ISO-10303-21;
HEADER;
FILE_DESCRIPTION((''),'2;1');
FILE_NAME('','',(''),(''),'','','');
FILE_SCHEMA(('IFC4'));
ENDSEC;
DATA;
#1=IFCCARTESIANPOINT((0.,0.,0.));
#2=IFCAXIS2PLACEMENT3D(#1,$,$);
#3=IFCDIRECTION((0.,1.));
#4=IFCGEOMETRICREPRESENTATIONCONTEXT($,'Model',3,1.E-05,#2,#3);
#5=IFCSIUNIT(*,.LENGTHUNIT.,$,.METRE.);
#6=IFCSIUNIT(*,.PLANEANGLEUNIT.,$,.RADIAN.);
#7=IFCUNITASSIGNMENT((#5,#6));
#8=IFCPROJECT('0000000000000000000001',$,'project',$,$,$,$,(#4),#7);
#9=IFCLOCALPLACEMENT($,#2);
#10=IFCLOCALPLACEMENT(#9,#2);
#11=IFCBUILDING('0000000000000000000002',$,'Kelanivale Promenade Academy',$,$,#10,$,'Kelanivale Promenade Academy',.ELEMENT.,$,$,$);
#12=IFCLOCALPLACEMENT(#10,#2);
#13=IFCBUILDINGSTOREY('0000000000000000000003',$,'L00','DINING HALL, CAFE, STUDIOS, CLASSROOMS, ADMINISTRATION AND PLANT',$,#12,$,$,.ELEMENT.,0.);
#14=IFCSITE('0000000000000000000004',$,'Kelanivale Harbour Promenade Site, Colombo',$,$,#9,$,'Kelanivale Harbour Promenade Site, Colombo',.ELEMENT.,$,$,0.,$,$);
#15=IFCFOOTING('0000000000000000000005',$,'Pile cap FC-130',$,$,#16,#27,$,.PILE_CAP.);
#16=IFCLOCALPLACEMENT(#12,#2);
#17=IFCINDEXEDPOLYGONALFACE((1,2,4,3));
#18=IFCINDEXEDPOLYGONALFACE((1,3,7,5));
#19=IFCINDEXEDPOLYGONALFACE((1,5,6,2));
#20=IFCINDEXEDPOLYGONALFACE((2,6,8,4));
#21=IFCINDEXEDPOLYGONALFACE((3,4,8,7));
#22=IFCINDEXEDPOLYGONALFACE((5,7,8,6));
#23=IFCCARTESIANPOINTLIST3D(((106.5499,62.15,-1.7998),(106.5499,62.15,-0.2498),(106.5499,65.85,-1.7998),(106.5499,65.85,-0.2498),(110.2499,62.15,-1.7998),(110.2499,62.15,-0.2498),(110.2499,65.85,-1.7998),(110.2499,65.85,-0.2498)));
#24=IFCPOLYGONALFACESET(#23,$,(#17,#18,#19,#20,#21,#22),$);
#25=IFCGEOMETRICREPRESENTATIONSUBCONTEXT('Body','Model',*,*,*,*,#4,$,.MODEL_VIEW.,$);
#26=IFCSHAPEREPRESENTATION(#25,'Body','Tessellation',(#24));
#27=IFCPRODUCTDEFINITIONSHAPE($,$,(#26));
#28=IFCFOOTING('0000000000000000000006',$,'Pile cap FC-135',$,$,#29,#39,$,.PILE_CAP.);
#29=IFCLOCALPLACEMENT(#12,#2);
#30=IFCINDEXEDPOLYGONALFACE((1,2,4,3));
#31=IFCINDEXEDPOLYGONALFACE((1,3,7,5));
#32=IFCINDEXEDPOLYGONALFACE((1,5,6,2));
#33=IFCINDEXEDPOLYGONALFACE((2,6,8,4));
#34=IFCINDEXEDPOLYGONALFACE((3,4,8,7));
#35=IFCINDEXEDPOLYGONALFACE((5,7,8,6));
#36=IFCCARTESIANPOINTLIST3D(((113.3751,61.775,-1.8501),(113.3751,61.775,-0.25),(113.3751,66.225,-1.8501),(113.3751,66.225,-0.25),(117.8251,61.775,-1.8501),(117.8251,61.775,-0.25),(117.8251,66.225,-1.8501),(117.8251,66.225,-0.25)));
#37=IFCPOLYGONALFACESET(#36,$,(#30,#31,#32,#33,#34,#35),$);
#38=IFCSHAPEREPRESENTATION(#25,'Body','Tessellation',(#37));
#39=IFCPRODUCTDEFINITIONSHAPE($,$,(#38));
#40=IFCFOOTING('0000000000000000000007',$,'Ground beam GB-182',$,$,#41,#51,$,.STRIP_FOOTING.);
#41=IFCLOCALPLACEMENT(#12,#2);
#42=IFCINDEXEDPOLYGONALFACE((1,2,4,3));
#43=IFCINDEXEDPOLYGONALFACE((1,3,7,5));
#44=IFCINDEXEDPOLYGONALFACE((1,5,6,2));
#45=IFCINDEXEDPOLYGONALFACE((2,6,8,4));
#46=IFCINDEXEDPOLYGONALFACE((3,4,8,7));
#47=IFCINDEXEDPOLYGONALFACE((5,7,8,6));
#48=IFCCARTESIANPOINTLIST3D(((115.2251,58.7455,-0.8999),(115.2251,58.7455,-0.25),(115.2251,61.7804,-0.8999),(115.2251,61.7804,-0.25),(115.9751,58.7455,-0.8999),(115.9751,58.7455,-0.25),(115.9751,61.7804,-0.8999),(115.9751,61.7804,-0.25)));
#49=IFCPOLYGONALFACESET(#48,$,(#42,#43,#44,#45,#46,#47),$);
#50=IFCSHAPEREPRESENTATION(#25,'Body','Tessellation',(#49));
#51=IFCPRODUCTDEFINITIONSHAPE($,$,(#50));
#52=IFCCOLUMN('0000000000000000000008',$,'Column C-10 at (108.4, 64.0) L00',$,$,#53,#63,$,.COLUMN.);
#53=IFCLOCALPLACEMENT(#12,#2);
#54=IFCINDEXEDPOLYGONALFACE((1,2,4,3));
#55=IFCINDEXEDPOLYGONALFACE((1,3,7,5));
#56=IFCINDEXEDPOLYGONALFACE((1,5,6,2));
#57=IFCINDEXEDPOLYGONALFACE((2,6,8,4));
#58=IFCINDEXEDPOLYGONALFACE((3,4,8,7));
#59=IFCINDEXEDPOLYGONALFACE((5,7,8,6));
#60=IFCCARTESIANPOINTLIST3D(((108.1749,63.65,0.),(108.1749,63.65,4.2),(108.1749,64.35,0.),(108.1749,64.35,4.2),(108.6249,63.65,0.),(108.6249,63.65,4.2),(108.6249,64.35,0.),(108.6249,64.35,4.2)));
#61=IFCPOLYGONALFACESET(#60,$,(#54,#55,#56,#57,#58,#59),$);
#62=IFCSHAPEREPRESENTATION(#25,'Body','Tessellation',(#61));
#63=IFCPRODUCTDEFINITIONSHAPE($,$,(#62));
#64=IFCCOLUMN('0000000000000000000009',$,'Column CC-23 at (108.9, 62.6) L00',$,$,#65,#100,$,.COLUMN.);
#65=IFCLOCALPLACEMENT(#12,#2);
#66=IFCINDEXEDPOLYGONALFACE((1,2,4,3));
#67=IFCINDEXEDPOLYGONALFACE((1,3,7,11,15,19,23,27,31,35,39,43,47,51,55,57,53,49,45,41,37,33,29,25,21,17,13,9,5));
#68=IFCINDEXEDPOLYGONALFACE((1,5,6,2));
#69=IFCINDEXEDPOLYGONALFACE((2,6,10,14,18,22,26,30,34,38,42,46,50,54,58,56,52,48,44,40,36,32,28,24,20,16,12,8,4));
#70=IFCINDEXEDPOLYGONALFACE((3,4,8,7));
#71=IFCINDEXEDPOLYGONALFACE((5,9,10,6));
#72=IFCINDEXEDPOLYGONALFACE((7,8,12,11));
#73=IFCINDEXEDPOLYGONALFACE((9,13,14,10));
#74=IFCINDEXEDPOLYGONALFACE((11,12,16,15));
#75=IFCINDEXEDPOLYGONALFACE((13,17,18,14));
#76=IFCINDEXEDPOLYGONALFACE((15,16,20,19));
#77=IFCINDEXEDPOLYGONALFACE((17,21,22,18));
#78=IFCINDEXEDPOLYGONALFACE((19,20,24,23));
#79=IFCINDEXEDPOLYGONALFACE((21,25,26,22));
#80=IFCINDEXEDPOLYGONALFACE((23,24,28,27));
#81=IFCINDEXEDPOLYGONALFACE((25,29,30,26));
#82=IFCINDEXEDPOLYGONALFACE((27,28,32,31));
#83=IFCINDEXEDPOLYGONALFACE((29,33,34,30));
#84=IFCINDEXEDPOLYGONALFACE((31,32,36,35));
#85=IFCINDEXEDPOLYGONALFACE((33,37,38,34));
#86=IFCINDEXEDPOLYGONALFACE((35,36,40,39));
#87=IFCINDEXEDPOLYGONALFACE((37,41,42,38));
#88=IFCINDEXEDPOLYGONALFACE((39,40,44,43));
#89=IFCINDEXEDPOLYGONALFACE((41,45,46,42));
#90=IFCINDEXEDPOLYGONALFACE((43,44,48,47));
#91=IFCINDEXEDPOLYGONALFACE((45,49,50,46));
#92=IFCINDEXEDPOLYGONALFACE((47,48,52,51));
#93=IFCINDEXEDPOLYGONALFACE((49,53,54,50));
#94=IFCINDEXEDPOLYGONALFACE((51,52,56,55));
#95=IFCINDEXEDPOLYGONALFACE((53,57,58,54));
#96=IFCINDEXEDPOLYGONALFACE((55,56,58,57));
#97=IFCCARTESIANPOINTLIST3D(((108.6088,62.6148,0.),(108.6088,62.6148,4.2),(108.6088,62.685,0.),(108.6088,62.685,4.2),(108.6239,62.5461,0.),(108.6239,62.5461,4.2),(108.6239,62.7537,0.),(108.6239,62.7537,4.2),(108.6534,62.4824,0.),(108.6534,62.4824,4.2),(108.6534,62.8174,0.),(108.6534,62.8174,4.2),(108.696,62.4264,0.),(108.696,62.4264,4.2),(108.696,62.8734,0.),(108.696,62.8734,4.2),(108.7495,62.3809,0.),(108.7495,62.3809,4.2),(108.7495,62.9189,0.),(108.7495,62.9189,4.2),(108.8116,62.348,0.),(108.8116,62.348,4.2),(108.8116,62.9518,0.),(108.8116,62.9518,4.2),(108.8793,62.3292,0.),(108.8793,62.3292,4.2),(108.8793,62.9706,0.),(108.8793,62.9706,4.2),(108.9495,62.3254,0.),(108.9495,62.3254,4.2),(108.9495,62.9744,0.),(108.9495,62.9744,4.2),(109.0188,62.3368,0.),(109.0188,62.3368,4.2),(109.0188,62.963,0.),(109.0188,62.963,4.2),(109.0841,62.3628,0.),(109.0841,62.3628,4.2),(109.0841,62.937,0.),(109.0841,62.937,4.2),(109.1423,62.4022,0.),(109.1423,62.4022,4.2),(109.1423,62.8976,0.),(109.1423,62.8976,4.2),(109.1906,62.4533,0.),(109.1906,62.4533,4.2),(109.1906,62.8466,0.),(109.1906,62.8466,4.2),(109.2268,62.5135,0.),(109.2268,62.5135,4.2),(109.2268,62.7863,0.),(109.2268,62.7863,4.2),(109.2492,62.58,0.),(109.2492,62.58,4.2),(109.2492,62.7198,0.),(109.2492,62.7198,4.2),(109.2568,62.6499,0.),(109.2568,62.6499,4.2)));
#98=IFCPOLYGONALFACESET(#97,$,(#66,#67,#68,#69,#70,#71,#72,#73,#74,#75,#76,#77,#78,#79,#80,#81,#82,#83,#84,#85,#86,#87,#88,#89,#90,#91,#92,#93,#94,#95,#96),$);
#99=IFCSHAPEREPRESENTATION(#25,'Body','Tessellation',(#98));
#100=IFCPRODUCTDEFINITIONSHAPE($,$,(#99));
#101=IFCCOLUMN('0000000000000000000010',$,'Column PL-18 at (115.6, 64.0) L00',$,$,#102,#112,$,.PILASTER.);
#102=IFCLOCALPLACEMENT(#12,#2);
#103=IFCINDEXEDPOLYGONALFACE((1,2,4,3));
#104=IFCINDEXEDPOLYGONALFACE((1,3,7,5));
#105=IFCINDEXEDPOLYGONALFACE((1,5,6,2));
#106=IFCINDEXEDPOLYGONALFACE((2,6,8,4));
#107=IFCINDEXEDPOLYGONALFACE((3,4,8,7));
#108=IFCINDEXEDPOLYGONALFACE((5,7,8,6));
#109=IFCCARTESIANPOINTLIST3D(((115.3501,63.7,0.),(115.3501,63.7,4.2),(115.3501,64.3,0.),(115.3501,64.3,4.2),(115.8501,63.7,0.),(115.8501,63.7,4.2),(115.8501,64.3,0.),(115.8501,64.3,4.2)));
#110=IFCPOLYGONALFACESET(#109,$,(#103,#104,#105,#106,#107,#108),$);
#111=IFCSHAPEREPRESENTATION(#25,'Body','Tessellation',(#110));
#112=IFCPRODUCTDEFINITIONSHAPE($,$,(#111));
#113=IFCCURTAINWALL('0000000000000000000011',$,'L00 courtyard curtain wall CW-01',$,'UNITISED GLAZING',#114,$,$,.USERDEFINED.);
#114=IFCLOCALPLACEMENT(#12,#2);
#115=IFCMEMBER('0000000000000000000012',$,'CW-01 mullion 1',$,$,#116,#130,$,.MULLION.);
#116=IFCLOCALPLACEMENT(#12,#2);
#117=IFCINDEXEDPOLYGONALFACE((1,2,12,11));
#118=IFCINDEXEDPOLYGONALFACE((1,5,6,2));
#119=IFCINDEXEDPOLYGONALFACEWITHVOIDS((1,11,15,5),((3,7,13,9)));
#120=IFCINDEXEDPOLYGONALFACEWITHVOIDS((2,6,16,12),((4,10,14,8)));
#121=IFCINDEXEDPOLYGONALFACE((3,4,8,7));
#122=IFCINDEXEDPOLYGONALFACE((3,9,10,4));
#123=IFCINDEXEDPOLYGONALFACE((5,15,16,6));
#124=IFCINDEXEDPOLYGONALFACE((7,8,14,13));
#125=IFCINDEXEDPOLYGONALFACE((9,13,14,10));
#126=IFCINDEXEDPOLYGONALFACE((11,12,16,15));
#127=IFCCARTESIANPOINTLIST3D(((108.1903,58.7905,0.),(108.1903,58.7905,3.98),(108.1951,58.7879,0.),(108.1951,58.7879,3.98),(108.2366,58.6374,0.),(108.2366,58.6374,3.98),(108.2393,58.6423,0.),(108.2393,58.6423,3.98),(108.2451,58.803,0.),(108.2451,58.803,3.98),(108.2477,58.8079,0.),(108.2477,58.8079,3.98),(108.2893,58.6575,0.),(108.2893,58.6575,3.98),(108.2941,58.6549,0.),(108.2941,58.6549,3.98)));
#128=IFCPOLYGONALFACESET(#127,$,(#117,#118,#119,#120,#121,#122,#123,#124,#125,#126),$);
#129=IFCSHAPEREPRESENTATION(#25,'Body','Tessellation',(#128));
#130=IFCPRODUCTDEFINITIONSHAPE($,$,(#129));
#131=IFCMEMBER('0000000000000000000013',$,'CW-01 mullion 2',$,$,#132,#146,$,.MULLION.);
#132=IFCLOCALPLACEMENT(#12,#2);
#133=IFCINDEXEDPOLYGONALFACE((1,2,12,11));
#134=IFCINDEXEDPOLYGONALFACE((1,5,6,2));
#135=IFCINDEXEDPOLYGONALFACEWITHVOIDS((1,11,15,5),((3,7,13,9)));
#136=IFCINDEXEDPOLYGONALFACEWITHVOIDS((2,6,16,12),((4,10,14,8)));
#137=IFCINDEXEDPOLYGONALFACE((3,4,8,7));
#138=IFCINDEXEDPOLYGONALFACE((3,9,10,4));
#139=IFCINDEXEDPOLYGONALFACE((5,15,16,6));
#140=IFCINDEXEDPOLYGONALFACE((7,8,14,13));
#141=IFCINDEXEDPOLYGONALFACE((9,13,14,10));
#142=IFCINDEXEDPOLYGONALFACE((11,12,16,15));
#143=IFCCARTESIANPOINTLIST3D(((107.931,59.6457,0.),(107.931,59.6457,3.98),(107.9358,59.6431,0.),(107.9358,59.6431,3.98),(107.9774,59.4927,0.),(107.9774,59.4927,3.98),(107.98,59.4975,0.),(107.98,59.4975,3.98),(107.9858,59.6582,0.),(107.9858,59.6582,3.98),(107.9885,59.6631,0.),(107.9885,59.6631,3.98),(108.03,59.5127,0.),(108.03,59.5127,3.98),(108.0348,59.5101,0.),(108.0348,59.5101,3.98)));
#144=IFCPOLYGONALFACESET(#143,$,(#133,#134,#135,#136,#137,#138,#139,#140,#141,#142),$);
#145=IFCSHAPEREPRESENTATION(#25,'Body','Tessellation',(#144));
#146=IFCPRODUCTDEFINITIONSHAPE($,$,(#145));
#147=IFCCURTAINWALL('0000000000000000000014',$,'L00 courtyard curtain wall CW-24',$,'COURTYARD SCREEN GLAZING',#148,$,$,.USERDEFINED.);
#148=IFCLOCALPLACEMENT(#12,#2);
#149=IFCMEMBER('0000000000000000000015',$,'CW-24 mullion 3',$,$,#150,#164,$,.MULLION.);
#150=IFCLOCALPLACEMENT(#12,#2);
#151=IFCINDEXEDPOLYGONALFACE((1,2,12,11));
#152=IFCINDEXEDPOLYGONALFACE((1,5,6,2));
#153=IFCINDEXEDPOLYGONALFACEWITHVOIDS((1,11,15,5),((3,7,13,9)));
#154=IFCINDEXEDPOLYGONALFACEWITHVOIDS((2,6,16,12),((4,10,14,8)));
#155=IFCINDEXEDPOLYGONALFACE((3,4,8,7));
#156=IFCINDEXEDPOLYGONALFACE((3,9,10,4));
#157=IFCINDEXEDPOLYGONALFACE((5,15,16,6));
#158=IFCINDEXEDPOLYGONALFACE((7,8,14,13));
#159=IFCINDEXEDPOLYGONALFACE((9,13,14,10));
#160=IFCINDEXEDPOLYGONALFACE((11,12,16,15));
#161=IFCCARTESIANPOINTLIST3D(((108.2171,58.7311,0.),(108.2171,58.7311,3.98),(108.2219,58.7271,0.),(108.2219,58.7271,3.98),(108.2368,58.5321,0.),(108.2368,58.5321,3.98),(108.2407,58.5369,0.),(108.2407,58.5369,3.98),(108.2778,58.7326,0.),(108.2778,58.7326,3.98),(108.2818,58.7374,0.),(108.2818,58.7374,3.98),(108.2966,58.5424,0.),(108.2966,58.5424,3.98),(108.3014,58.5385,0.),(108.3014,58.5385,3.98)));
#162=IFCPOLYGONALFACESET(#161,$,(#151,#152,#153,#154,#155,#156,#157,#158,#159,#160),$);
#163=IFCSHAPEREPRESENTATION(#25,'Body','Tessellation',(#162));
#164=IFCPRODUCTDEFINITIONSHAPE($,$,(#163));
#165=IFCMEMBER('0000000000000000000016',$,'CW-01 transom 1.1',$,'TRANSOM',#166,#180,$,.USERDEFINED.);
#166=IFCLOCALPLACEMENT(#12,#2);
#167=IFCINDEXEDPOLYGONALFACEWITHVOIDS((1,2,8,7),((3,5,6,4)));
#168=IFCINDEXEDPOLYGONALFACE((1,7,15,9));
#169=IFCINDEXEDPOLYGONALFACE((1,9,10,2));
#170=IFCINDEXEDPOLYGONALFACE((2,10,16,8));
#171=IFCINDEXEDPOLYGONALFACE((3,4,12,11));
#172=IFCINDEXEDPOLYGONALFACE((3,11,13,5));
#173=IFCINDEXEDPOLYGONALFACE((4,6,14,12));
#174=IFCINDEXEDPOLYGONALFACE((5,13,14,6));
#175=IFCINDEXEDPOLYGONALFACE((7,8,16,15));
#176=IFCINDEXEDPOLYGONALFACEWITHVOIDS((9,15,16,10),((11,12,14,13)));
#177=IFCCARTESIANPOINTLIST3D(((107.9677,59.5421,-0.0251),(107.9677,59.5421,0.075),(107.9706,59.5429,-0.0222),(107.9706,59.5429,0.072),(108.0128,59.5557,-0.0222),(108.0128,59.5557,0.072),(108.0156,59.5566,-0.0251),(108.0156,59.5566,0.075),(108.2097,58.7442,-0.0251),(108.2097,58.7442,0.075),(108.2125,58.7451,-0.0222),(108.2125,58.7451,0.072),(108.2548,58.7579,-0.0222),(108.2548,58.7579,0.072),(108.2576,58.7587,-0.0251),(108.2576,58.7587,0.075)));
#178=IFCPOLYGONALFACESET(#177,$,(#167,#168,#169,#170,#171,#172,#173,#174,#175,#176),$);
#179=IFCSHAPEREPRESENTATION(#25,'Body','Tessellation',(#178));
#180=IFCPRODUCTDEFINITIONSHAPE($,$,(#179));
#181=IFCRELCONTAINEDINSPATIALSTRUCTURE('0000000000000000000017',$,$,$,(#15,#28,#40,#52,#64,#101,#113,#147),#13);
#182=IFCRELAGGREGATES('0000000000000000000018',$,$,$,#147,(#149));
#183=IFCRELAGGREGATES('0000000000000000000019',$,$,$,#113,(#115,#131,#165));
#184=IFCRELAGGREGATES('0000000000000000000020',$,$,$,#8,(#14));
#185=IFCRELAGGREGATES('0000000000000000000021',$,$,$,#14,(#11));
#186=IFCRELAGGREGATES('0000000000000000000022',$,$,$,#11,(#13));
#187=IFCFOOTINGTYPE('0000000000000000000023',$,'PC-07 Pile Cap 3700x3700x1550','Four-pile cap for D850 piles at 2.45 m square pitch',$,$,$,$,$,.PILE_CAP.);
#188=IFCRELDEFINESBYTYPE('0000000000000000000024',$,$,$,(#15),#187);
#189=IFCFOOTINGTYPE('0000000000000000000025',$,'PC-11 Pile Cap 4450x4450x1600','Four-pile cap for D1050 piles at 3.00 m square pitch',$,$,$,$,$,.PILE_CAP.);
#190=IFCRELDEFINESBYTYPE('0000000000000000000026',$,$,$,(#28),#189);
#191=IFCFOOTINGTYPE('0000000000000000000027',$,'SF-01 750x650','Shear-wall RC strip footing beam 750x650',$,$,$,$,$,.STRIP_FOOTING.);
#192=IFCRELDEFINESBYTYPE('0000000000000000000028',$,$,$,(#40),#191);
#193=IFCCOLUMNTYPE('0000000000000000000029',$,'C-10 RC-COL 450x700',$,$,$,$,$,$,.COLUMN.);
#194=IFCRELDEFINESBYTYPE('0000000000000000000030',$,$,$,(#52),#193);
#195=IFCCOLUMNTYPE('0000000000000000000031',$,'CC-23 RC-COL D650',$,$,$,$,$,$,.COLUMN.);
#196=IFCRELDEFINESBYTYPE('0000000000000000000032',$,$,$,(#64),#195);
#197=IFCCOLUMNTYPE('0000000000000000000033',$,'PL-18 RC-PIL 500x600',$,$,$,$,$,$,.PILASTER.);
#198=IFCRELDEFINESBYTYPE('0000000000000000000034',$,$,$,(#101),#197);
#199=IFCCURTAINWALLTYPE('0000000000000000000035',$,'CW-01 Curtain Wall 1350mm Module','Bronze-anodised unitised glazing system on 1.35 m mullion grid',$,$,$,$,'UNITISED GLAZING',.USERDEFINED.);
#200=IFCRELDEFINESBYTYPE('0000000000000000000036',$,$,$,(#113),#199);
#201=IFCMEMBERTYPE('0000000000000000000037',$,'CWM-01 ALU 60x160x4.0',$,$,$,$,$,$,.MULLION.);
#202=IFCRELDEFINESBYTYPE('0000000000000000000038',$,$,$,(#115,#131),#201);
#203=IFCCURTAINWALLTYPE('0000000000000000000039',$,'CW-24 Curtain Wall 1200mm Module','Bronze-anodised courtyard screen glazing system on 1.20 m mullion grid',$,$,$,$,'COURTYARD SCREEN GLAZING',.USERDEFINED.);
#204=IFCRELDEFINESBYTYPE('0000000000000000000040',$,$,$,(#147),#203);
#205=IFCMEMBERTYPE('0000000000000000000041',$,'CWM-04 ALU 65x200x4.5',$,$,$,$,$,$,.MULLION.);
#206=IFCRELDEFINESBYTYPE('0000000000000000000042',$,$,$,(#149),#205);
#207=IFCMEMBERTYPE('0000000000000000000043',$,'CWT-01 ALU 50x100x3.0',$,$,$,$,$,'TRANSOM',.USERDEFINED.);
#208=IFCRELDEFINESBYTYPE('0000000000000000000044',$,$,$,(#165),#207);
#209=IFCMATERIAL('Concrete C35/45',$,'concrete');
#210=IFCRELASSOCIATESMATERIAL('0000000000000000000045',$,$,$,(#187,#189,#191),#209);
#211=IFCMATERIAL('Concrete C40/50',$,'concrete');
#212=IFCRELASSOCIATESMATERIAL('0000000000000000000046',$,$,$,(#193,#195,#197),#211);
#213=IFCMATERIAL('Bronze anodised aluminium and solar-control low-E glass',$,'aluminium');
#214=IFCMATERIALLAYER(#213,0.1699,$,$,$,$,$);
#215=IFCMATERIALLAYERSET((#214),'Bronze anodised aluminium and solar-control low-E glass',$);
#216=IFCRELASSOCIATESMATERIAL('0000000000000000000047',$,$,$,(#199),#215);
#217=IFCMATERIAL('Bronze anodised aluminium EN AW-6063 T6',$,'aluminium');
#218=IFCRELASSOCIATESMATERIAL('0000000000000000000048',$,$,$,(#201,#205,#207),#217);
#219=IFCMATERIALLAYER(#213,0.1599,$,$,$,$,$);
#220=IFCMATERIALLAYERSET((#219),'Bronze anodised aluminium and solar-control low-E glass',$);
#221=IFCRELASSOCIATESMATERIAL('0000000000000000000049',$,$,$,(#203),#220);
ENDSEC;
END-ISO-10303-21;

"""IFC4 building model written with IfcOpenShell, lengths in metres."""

from ifc_helpers import new_model, si_unit, direction, frame, origin, origin_2d, place, context, subcontext, project, spatial, rectangle, hollow_rectangle, circle, extrude, material, layer, layer_set, material_profile, profile_set, type_object, element, aggregate, save


model = new_model("IFC4")

# Units and contexts
model_context = context("Model", 3, precision=1e-05, world=origin(), true_north=direction((0.0, 1.0)))
body_context = subcontext(model_context, "Body", "Model", "MODEL_VIEW")
ifc_project = project(units=[si_unit("LENGTHUNIT", "METRE"), si_unit("PLANEANGLEUNIT", "RADIAN")], contexts=[model_context])

# Site, building, storey
site_placement = place(None, origin())
site = spatial("IfcSite", under=ifc_project, at=site_placement, Name="Kelanivale Harbour Promenade Site, Colombo", LongName="Kelanivale Harbour Promenade Site, Colombo", CompositionType="ELEMENT", RefElevation=0.0)
building_placement = place(site_placement, origin())
building = spatial("IfcBuilding", under=site, at=building_placement, Name="Kelanivale Promenade Academy", LongName="Kelanivale Promenade Academy", CompositionType="ELEMENT")
storey_placement = place(building_placement, origin())
storey = spatial("IfcBuildingStorey", under=building, at=storey_placement, Name="L00", Description="DINING HALL, CAFE, STUDIOS, CLASSROOMS, ADMINISTRATION AND PLANT", CompositionType="ELEMENT", Elevation=0.0)

# Shared definitions
ifc_material_1 = material(Name="Concrete C35/45", Category="concrete")

# Footings
footing_type_1 = type_object("IfcFootingType", Name="PC-07 Pile Cap 3700x3700x1550", Description="Four-pile cap for D850 piles at 2.45 m square pitch", PredefinedType="PILE_CAP", material=ifc_material_1)
footing_1_placement = place(storey_placement, frame((108.3999, 64.0, -1.7998), z_axis=(0.0, 0.0, 1.0), x_axis=(1.0, 0.0, 0.0)))
element("IfcFooting", 1, at=footing_1_placement, inside=storey, type_object=footing_type_1, Name="Pile cap FC-130", PredefinedType="PILE_CAP", context=body_context, shape_type="SweptSolid", body=[
    extrude(rectangle(XDim=3.7, YDim=3.7, at=origin_2d()), origin(), (0.0, 0.0, 1.0), 1.55),
])
footing_type_2 = type_object("IfcFootingType", Name="PC-11 Pile Cap 4450x4450x1600", Description="Four-pile cap for D1050 piles at 3.00 m square pitch", PredefinedType="PILE_CAP", material=ifc_material_1)
footing_2_placement = place(storey_placement, frame((115.6001, 64.0, -1.8501), z_axis=(0.0, 0.0, 1.0), x_axis=(1.0, 0.0, 0.0)))
element("IfcFooting", 2, at=footing_2_placement, inside=storey, type_object=footing_type_2, Name="Pile cap FC-135", PredefinedType="PILE_CAP", context=body_context, shape_type="SweptSolid", body=[
    extrude(rectangle(XDim=4.45, YDim=4.45, at=origin_2d()), origin(), (0.0, 0.0, 1.0), 1.6001),
])
footing_type_3 = type_object("IfcFootingType", Name="SF-01 750x650", Description="Shear-wall RC strip footing beam 750x650", PredefinedType="STRIP_FOOTING", material=ifc_material_1)
footing_3_placement = place(storey_placement, frame((115.6001, 60.2629, -0.8999), z_axis=(0.0, 0.0, 1.0), x_axis=(0.0, 1.0, 0.0)))
element("IfcFooting", 3, at=footing_3_placement, inside=storey, type_object=footing_type_3, Name="Ground beam GB-182", PredefinedType="STRIP_FOOTING", context=body_context, shape_type="SweptSolid", body=[
    extrude(rectangle(XDim=3.0349, YDim=0.75, at=origin_2d()), origin(), (0.0, 0.0, 1.0), 0.6499),
])

# Columns
ifc_material_2 = material(Name="Concrete C40/50", Category="concrete")
ifc_material_profile_1 = material_profile(ifc_material_2, rectangle(XDim=0.45, YDim=0.7, at=origin_2d()), Name="RC-COL 450x700")
ifc_profile_set_1 = profile_set([ifc_material_profile_1], Name="Concrete C40/50")
column_type_1 = type_object("IfcColumnType", Name="C-10 RC-COL 450x700", PredefinedType="COLUMN", material=ifc_profile_set_1)
column_1_placement = place(storey_placement, frame((108.3999, 64.0, 0.0), z_axis=(0.0, 0.0, 1.0), x_axis=(1.0, 0.0, 0.0)))
element("IfcColumn", 4, at=column_1_placement, inside=storey, type_object=column_type_1, Name="Column C-10 at (108.4, 64.0) L00", PredefinedType="COLUMN", context=body_context, shape_type="SweptSolid", body=[
    extrude(rectangle(XDim=0.45, YDim=0.7, at=origin_2d()), origin(), (0.0, 0.0, 1.0), 4.2),
])
ifc_material_profile_2 = material_profile(ifc_material_2, circle(Radius=0.325, at=origin_2d()), Name="RC-COL D650")
ifc_profile_set_2 = profile_set([ifc_material_profile_2], Name="Concrete C40/50")
column_type_2 = type_object("IfcColumnType", Name="CC-23 RC-COL D650", PredefinedType="COLUMN", material=ifc_profile_set_2)
column_2_placement = place(storey_placement, frame((108.9319, 62.6499, 0.0), z_axis=(0.0, 0.0, 1.0), x_axis=(1.0, 0.0, 0.0)))
element("IfcColumn", 5, at=column_2_placement, inside=storey, type_object=column_type_2, Name="Column CC-23 at (108.9, 62.6) L00", PredefinedType="COLUMN", context=body_context, shape_type="SweptSolid", body=[
    extrude(circle(Radius=0.325, at=origin_2d()), origin(), (0.0, 0.0, 1.0), 4.2),
])
ifc_material_profile_3 = material_profile(ifc_material_2, rectangle(XDim=0.5, YDim=0.6001, at=origin_2d()), Name="RC-PIL 500x600")
ifc_profile_set_3 = profile_set([ifc_material_profile_3], Name="Concrete C40/50")
column_type_3 = type_object("IfcColumnType", Name="PL-18 RC-PIL 500x600", PredefinedType="PILASTER", material=ifc_profile_set_3)
column_3_placement = place(storey_placement, frame((115.6001, 64.0, 0.0), z_axis=(0.0, 0.0, 1.0), x_axis=(1.0, 0.0, 0.0)))
element("IfcColumn", 6, at=column_3_placement, inside=storey, type_object=column_type_3, Name="Column PL-18 at (115.6, 64.0) L00", PredefinedType="PILASTER", context=body_context, shape_type="SweptSolid", body=[
    extrude(rectangle(XDim=0.5, YDim=0.6001, at=origin_2d()), origin(), (0.0, 0.0, 1.0), 4.2),
])

# Curtain wall, members
ifc_material_3 = material(Name="Bronze anodised aluminium and solar-control low-E glass", Category="aluminium")
ifc_layer_1 = layer(ifc_material_3, 0.1699)
ifc_layer_set_1 = layer_set([ifc_layer_1], Name="Bronze anodised aluminium and solar-control low-E glass")
curtain_wall_type_1 = type_object("IfcCurtainWallType", Name="CW-01 Curtain Wall 1350mm Module", Description="Bronze-anodised unitised glazing system on 1.35 m mullion grid", ElementType="UNITISED GLAZING", PredefinedType="USERDEFINED", material=ifc_layer_set_1)
curtain_wall_1_placement = place(storey_placement, origin())
curtain_wall_1 = element("IfcCurtainWall", 7, at=curtain_wall_1_placement, inside=storey, type_object=curtain_wall_type_1, Name="L00 courtyard curtain wall CW-01", ObjectType="UNITISED GLAZING", PredefinedType="USERDEFINED")
ifc_material_4 = material(Name="Bronze anodised aluminium EN AW-6063 T6", Category="aluminium")
ifc_material_profile_4 = material_profile(ifc_material_4, hollow_rectangle(XDim=0.0601, YDim=0.1599, WallThickness=0.0039, at=origin_2d()), Name="ALU 60x160x4.0")
ifc_profile_set_4 = profile_set([ifc_material_profile_4], Name="Bronze anodised aluminium EN AW-6063 T6")
member_type_1 = type_object("IfcMemberType", Name="CWM-01 ALU 60x160x4.0", PredefinedType="MULLION", material=ifc_profile_set_4)
member_1_placement = place(storey_placement, frame((108.2422, 58.7227, 0.0), z_axis=(0.0, 0.0, 1.0), x_axis=(-0.956988, -0.290128, 0.0)))
member_1 = element("IfcMember", 8, at=member_1_placement, type_object=member_type_1, Name="CW-01 mullion 1", PredefinedType="MULLION", context=body_context, shape_type="SweptSolid", body=[
    extrude(hollow_rectangle(XDim=0.0601, YDim=0.1599, WallThickness=0.0039, at=origin_2d()), origin(), (0.0, 0.0, 1.0), 3.98),
])
member_2_placement = place(storey_placement, frame((107.9829, 59.5779, 0.0), z_axis=(0.0, 0.0, 1.0), x_axis=(-0.956988, -0.290128, 0.0)))
member_2 = element("IfcMember", 9, at=member_2_placement, type_object=member_type_1, Name="CW-01 mullion 2", PredefinedType="MULLION", context=body_context, shape_type="SweptSolid", body=[
    extrude(hollow_rectangle(XDim=0.0601, YDim=0.1599, WallThickness=0.0039, at=origin_2d()), origin(), (0.0, 0.0, 1.0), 3.98),
])

# Curtain wall, member
ifc_layer_2 = layer(ifc_material_3, 0.1599)
ifc_layer_set_2 = layer_set([ifc_layer_2], Name="Bronze anodised aluminium and solar-control low-E glass")
curtain_wall_type_2 = type_object("IfcCurtainWallType", Name="CW-24 Curtain Wall 1200mm Module", Description="Bronze-anodised courtyard screen glazing system on 1.20 m mullion grid", ElementType="COURTYARD SCREEN GLAZING", PredefinedType="USERDEFINED", material=ifc_layer_set_2)
curtain_wall_2_placement = place(storey_placement, origin())
curtain_wall_2 = element("IfcCurtainWall", 10, at=curtain_wall_2_placement, inside=storey, type_object=curtain_wall_type_2, Name="L00 courtyard curtain wall CW-24", ObjectType="COURTYARD SCREEN GLAZING", PredefinedType="USERDEFINED")
ifc_material_profile_5 = material_profile(ifc_material_4, hollow_rectangle(XDim=0.0649, YDim=0.2, WallThickness=0.0044, at=origin_2d()), Name="ALU 65x200x4.5")
ifc_profile_set_5 = profile_set([ifc_material_profile_5], Name="Bronze anodised aluminium EN AW-6063 T6")
member_type_2 = type_object("IfcMemberType", Name="CWM-04 ALU 65x200x4.5", PredefinedType="MULLION", material=ifc_profile_set_5)
member_3_placement = place(storey_placement, frame((108.2593, 58.6348, 0.0), z_axis=(0.0, 0.0, 1.0), x_axis=(-0.995159, -0.098281, 0.0)))
member_3 = element("IfcMember", 11, at=member_3_placement, type_object=member_type_2, Name="CW-24 mullion 3", PredefinedType="MULLION", context=body_context, shape_type="SweptSolid", body=[
    extrude(hollow_rectangle(XDim=0.0649, YDim=0.2, WallThickness=0.0044, at=origin_2d()), origin(), (0.0, 0.0, 1.0), 3.98),
])
aggregate(curtain_wall_2, [member_3])

# Member
ifc_material_profile_6 = material_profile(ifc_material_4, hollow_rectangle(XDim=0.05, YDim=0.1001, WallThickness=0.0029, at=origin_2d()), Name="ALU 50x100x3.0")
ifc_profile_set_6 = profile_set([ifc_material_profile_6], Name="Bronze anodised aluminium EN AW-6063 T6")
member_type_3 = type_object("IfcMemberType", Name="CWT-01 ALU 50x100x3.0", ElementType="TRANSOM", PredefinedType="USERDEFINED", material=ifc_profile_set_6)
member_4_placement = place(storey_placement, frame((108.2336, 58.7515, 0.0249), z_axis=(-0.290194, 0.956968, 0.0), x_axis=(-0.956968, -0.290194, 0.0)))
member_4 = element("IfcMember", 12, at=member_4_placement, type_object=member_type_3, Name="CW-01 transom 1.1", ObjectType="TRANSOM", PredefinedType="USERDEFINED", context=body_context, shape_type="SweptSolid", body=[
    extrude(hollow_rectangle(XDim=0.05, YDim=0.1001, WallThickness=0.0029, at=origin_2d()), origin(), (0.0, 0.0, 1.0), 0.8337),
])

aggregate(curtain_wall_1, [member_1, member_2, member_4])

save(model, "model.ifc")
